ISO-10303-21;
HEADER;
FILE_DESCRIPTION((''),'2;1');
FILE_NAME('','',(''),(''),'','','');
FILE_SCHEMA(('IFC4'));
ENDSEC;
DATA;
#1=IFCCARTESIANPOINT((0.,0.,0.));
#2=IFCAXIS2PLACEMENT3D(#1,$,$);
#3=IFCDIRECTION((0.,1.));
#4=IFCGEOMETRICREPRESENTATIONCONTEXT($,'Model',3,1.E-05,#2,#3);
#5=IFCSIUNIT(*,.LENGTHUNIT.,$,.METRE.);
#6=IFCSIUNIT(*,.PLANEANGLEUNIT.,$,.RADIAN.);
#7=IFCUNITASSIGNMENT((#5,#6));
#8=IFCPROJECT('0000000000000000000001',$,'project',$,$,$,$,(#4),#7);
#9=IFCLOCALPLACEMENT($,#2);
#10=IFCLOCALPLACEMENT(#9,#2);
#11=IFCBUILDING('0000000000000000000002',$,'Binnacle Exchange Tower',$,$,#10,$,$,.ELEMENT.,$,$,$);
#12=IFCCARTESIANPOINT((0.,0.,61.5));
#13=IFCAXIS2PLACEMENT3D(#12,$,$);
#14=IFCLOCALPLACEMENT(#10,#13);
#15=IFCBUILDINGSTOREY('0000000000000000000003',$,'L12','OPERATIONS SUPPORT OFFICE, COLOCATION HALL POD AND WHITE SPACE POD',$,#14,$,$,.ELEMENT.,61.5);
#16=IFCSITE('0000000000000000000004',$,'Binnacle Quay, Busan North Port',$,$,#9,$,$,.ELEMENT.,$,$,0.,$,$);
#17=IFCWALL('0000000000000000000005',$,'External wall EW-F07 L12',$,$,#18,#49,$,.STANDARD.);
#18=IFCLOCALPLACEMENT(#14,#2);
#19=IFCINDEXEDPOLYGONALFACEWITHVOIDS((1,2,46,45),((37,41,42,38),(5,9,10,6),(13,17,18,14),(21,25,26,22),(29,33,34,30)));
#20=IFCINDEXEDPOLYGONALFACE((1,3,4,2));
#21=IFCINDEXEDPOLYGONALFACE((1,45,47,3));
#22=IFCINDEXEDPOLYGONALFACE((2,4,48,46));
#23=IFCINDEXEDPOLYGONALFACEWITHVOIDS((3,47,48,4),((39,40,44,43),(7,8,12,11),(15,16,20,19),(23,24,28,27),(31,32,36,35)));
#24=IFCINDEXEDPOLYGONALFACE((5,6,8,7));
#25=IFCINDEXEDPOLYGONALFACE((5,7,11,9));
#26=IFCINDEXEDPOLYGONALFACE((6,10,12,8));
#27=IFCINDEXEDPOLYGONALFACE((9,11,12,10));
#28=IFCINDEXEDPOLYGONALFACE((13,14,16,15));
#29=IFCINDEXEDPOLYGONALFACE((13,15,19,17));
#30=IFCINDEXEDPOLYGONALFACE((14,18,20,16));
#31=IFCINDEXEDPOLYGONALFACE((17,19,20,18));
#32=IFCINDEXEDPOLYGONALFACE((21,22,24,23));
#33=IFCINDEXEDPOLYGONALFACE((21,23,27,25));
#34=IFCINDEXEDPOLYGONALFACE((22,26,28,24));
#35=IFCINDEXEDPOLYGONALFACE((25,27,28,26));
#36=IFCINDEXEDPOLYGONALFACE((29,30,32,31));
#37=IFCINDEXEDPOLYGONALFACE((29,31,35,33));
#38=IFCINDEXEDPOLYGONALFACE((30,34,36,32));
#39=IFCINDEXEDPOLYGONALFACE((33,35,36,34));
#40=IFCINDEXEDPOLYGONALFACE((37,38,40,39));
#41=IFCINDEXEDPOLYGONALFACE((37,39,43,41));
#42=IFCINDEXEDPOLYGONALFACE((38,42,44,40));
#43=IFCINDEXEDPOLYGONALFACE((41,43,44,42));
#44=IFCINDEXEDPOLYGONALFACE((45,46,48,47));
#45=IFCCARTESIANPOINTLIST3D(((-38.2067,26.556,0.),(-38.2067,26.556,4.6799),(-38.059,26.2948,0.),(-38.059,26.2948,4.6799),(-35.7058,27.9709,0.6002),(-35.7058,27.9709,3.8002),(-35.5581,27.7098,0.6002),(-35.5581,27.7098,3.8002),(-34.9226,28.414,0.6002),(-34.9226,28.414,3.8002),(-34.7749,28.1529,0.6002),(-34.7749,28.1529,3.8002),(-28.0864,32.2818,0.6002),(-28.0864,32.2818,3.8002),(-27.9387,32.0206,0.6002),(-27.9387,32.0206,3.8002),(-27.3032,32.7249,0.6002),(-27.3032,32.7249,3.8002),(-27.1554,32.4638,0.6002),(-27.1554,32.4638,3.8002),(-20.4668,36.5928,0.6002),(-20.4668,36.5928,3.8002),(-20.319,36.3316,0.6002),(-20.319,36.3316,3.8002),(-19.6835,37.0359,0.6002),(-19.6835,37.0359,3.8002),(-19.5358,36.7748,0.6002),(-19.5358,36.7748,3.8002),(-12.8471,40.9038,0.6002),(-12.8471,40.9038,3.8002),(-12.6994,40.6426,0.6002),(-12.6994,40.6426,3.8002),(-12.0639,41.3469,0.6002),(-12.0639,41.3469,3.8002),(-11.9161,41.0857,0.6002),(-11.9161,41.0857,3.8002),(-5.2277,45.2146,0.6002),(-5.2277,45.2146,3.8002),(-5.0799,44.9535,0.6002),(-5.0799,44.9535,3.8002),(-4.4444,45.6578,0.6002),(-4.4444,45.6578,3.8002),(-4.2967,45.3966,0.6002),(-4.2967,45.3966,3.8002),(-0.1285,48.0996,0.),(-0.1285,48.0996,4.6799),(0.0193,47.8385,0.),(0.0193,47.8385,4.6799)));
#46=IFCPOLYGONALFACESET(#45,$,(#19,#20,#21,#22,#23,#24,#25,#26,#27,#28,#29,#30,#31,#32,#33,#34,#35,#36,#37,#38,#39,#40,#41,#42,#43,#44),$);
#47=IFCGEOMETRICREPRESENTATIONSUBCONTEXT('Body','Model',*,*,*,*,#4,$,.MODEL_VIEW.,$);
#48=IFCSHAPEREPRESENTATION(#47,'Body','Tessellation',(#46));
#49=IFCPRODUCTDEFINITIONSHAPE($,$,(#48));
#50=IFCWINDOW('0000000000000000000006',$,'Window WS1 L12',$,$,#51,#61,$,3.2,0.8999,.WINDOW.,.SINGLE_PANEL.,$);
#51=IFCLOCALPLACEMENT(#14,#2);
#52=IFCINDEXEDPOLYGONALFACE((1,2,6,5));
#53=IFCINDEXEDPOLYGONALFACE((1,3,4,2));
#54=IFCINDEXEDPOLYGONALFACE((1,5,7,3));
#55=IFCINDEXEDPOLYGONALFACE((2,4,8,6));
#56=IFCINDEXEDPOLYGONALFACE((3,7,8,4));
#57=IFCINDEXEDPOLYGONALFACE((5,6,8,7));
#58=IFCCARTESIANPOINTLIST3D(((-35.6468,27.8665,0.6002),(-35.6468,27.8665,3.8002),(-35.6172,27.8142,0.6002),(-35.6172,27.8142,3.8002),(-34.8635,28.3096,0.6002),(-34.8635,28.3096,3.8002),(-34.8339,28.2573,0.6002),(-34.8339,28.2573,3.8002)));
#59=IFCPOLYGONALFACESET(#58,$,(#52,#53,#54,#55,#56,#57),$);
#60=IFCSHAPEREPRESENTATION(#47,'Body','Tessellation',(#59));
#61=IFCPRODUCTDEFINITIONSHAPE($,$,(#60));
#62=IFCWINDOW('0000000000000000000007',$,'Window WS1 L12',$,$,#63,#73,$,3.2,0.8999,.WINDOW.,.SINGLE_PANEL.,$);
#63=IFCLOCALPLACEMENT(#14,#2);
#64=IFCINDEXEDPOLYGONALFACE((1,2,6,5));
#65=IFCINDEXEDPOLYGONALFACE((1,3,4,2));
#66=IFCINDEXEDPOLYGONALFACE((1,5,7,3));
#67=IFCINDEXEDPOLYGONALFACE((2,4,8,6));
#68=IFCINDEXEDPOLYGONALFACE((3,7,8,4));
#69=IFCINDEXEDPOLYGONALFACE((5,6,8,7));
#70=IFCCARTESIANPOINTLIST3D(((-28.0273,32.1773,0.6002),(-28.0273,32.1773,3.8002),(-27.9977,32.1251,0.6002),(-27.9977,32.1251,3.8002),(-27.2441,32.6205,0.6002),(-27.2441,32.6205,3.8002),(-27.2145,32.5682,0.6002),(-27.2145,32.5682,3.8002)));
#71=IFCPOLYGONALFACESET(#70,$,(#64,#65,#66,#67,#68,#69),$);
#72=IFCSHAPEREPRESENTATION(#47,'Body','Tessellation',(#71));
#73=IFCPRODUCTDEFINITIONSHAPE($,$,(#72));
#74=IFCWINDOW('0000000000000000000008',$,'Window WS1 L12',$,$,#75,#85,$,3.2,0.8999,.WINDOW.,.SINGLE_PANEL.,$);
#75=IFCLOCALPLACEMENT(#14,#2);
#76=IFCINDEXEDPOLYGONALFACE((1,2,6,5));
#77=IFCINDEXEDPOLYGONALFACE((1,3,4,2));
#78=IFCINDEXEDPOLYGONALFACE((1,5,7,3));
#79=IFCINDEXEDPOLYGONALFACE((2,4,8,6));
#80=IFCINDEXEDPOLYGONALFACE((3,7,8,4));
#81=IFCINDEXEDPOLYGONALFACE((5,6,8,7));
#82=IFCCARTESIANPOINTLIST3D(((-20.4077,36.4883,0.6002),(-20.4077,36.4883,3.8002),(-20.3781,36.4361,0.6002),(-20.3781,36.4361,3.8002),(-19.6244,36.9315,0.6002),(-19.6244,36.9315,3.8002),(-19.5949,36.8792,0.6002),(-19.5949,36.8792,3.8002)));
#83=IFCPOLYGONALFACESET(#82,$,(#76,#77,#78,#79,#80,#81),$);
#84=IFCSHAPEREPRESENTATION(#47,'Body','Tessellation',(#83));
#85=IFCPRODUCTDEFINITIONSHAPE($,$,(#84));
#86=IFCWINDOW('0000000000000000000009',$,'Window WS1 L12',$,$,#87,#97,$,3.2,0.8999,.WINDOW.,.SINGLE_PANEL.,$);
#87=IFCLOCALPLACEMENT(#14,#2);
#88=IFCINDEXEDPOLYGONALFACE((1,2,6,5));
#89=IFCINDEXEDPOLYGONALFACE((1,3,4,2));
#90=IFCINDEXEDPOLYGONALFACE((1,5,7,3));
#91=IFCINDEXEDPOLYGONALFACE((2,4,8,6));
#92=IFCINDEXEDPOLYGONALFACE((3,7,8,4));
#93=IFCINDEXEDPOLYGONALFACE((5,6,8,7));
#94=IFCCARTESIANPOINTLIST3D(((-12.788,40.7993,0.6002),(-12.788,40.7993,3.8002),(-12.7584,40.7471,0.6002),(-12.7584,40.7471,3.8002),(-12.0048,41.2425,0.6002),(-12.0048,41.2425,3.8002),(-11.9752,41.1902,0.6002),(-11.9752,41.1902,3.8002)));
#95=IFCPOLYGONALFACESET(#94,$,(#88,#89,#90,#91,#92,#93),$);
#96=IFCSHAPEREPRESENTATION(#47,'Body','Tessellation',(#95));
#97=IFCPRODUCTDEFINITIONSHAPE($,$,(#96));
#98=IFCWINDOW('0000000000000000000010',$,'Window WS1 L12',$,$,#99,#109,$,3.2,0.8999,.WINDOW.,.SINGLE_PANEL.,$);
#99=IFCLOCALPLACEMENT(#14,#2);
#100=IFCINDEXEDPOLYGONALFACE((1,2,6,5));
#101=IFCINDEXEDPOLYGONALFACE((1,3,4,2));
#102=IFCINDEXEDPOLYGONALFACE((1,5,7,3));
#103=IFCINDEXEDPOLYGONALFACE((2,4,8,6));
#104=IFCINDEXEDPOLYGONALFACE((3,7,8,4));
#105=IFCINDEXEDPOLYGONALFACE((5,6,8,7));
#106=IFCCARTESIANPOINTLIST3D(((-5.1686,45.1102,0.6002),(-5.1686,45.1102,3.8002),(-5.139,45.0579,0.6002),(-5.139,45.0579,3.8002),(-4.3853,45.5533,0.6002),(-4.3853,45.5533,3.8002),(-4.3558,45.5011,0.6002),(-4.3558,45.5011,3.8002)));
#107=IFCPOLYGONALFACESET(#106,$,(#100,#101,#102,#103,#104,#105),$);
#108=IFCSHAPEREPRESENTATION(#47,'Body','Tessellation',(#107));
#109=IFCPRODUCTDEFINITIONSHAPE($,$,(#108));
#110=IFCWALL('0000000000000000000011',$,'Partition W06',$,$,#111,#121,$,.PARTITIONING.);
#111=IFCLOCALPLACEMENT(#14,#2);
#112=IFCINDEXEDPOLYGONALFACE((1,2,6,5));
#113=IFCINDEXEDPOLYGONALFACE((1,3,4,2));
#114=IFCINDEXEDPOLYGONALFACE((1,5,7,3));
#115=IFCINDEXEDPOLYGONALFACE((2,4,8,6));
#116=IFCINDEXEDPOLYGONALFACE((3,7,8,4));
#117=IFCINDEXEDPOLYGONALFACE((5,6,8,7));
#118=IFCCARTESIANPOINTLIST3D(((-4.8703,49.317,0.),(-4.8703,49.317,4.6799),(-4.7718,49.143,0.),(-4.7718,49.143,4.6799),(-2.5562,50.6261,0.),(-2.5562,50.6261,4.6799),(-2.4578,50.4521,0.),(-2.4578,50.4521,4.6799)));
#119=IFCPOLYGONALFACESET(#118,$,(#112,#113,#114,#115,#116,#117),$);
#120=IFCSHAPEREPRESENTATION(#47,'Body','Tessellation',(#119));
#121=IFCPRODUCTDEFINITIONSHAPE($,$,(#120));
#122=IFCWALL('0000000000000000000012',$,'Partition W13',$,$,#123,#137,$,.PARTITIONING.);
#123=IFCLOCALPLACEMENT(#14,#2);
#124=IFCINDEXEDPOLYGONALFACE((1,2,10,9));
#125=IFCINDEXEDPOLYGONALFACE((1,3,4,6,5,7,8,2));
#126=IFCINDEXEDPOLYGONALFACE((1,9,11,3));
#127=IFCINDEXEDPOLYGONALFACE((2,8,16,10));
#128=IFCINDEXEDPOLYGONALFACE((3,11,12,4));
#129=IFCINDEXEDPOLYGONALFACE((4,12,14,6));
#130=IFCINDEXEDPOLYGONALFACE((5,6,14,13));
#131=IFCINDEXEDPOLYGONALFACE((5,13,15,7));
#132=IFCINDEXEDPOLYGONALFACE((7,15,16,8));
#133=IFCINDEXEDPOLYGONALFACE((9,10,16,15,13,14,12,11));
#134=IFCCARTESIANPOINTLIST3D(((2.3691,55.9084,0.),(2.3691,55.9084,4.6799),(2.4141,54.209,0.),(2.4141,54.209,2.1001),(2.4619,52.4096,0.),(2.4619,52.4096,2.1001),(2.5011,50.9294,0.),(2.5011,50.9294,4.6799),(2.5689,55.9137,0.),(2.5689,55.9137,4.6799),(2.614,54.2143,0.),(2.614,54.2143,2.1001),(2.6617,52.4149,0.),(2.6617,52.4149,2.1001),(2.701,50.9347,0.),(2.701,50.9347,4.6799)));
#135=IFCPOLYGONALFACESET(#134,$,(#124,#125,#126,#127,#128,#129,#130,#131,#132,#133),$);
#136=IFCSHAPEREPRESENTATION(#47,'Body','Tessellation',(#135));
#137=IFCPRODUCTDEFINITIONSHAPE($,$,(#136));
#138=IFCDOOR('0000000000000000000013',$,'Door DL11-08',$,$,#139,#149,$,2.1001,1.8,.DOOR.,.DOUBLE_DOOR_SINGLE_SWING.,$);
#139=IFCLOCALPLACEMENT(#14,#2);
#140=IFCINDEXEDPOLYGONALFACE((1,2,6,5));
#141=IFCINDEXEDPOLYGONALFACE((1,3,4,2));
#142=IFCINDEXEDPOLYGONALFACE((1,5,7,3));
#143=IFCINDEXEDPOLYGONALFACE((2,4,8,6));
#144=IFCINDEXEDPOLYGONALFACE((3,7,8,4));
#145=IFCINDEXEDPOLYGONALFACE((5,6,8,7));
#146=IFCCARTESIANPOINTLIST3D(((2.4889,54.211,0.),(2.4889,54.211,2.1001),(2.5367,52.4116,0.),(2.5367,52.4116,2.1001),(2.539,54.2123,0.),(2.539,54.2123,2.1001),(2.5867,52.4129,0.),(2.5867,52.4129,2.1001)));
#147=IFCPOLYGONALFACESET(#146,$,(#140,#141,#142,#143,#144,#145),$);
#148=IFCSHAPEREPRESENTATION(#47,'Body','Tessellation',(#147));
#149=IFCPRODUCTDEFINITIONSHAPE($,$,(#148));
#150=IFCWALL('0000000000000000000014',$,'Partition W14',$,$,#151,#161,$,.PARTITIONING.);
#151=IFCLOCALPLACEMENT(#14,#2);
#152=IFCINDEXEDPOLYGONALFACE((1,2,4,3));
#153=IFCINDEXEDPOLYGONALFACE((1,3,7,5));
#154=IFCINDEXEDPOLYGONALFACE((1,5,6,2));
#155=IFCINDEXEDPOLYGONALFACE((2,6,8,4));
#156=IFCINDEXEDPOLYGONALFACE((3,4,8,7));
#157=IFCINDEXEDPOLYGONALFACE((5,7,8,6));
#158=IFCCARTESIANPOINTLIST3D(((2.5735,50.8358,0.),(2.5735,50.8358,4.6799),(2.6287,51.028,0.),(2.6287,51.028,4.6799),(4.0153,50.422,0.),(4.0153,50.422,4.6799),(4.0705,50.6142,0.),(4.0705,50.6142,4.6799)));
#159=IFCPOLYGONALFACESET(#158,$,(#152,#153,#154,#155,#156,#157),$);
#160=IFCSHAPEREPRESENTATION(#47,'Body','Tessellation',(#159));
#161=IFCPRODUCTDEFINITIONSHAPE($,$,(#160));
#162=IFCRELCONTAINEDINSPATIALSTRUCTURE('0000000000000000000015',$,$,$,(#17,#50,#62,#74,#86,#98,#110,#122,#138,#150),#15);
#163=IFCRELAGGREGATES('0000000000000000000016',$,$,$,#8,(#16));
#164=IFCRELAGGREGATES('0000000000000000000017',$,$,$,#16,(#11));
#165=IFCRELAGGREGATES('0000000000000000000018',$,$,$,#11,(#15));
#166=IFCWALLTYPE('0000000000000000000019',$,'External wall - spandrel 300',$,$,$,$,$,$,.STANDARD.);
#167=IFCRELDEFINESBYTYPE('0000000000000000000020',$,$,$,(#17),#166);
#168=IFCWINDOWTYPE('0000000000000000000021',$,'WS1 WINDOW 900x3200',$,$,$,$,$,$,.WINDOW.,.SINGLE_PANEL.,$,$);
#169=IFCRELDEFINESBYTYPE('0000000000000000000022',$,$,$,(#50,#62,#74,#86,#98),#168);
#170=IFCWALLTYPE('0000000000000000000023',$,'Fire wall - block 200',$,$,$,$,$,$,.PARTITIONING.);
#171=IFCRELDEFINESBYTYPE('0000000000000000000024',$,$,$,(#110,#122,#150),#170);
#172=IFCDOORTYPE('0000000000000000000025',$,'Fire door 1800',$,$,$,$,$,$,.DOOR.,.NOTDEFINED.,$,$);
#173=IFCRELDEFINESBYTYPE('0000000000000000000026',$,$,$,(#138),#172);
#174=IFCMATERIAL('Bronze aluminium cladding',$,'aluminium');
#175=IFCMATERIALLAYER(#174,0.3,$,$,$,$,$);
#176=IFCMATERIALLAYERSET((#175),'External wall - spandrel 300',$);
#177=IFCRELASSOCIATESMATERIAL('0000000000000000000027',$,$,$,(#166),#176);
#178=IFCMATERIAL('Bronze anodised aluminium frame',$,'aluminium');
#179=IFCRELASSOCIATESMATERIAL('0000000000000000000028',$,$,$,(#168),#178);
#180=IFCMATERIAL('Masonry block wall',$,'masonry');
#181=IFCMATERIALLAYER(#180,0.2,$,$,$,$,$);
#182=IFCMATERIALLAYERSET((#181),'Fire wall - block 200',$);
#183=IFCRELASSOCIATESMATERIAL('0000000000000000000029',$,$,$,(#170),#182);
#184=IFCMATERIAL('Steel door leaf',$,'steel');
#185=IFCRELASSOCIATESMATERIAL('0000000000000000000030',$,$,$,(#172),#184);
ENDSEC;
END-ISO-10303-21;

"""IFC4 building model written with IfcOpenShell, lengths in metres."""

from ifc_helpers import new_model, si_unit, direction, frame, frame_2d, origin, place, context, subcontext, project, spatial, rectangle, extrude, material, layer, layer_set, type_object, element, fill, save


model = new_model("IFC4")

# Units and contexts
model_context = context("Model", 3, precision=1e-05, world=origin(), true_north=direction((0.0, 1.0)))
body_context = subcontext(model_context, "Body", "Model", "MODEL_VIEW")
ifc_project = project(units=[si_unit("LENGTHUNIT", "METRE"), si_unit("PLANEANGLEUNIT", "RADIAN")], contexts=[model_context])

# Site, building, storey
site_placement = place(None, origin())
site = spatial("IfcSite", under=ifc_project, at=site_placement, Name="Binnacle Quay, Busan North Port", CompositionType="ELEMENT", RefElevation=0.0)
building_placement = place(site_placement, origin())
building = spatial("IfcBuilding", under=site, at=building_placement, Name="Binnacle Exchange Tower", CompositionType="ELEMENT")
storey_placement = place(building_placement, frame((0.0, 0.0, 61.5)))
storey = spatial("IfcBuildingStorey", under=building, at=storey_placement, Name="L12", Description="OPERATIONS SUPPORT OFFICE, COLOCATION HALL POD AND WHITE SPACE POD", CompositionType="ELEMENT", Elevation=61.5)

# Shared definitions
ifc_material_1 = material(Name="Steel door leaf", Category="steel")

# Wall, openings, windows
ifc_material_2 = material(Name="Bronze aluminium cladding", Category="aluminium")
ifc_layer_1 = layer(ifc_material_2, 0.3)
ifc_layer_set_1 = layer_set([ifc_layer_1], Name="External wall - spandrel 300")
wall_type_1 = type_object("IfcWallType", Name="External wall - spandrel 300", PredefinedType="STANDARD", material=ifc_layer_set_1)
wall_1_placement = place(storey_placement, frame((-0.0547, 47.969, 0.0), z_axis=(0.0, 0.0, 1.0), x_axis=(-0.870356, -0.492423, 0.0)))
wall_1 = element("IfcWall", 1, at=wall_1_placement, inside=storey, type_object=wall_type_1, Name="External wall EW-F07 L12", PredefinedType="STANDARD", context=body_context, shape_type="SweptSolid", body=[
    extrude(rectangle(XDim=43.7502, YDim=0.3, at=frame_2d((21.875, 0.0))), origin(), (0.0, 0.0, 1.0), 4.6799),
])
opening_1_placement = place(wall_1_placement, frame((39.9768, 0.0, 0.6001)))
opening_1 = element("IfcOpeningElement", 2, at=opening_1_placement, cuts=wall_1, PredefinedType="OPENING", context=body_context, shape_type="SweptSolid", body=[
    extrude(rectangle(XDim=0.8999, YDim=3.2, at=frame_2d((0.45, 1.6001))), frame((0.0, 0.1599, 0.0), z_axis=(0.0, -1.0, 0.0), x_axis=(1.0, 0.0, 0.0)), (0.0, 0.0, 1.0), 0.3201),
])
opening_2_placement = place(wall_1_placement, frame((31.2224, 0.0, 0.6001)))
opening_2 = element("IfcOpeningElement", 3, at=opening_2_placement, cuts=wall_1, PredefinedType="OPENING", context=body_context, shape_type="SweptSolid", body=[
    extrude(rectangle(XDim=0.8999, YDim=3.2, at=frame_2d((0.45, 1.6001))), frame((0.0, 0.1599, 0.0), z_axis=(0.0, -1.0, 0.0), x_axis=(1.0, 0.0, 0.0)), (0.0, 0.0, 1.0), 0.3201),
])
opening_3_placement = place(wall_1_placement, frame((22.4678, 0.0, 0.6001)))
opening_3 = element("IfcOpeningElement", 4, at=opening_3_placement, cuts=wall_1, PredefinedType="OPENING", context=body_context, shape_type="SweptSolid", body=[
    extrude(rectangle(XDim=0.8999, YDim=3.2, at=frame_2d((0.45, 1.6001))), frame((0.0, 0.1599, 0.0), z_axis=(0.0, -1.0, 0.0), x_axis=(1.0, 0.0, 0.0)), (0.0, 0.0, 1.0), 0.3201),
])
opening_4_placement = place(wall_1_placement, frame((13.7131, 0.0, 0.6001)))
opening_4 = element("IfcOpeningElement", 5, at=opening_4_placement, cuts=wall_1, PredefinedType="OPENING", context=body_context, shape_type="SweptSolid", body=[
    extrude(rectangle(XDim=0.8999, YDim=3.2, at=frame_2d((0.45, 1.6001))), frame((0.0, 0.1599, 0.0), z_axis=(0.0, -1.0, 0.0), x_axis=(1.0, 0.0, 0.0)), (0.0, 0.0, 1.0), 0.3201),
])
opening_5_placement = place(wall_1_placement, frame((4.9587, 0.0, 0.6001)))
opening_5 = element("IfcOpeningElement", 6, at=opening_5_placement, cuts=wall_1, PredefinedType="OPENING", context=body_context, shape_type="SweptSolid", body=[
    extrude(rectangle(XDim=0.8999, YDim=3.2, at=frame_2d((0.45, 1.6001))), frame((0.0, 0.1599, 0.0), z_axis=(0.0, -1.0, 0.0), x_axis=(1.0, 0.0, 0.0)), (0.0, 0.0, 1.0), 0.3201),
])
ifc_material_3 = material(Name="Bronze anodised aluminium frame", Category="aluminium")
window_type = type_object("IfcWindowType", Name="WS1 WINDOW 900x3200", PartitioningType="SINGLE_PANEL", PredefinedType="WINDOW", material=ifc_material_3)
window_1_placement = place(opening_1_placement, origin())
window_1 = element("IfcWindow", 7, at=window_1_placement, inside=storey, type_object=window_type, Name="Window WS1 L12", OverallHeight=3.2, OverallWidth=0.8999, PartitioningType="SINGLE_PANEL", PredefinedType="WINDOW", context=body_context, shape_type="SweptSolid", body=[
    extrude(rectangle(XDim=0.8999, YDim=3.2, at=frame_2d((0.45, 1.6001))), frame((0.0, 0.03, 0.0), z_axis=(0.0, -1.0, 0.0), x_axis=(1.0, 0.0, 0.0)), (0.0, 0.0, 1.0), 0.0601),
])
fill(opening_1, window_1)
window_2_placement = place(opening_2_placement, origin())
window_2 = element("IfcWindow", 8, at=window_2_placement, inside=storey, type_object=window_type, Name="Window WS1 L12", OverallHeight=3.2, OverallWidth=0.8999, PartitioningType="SINGLE_PANEL", PredefinedType="WINDOW", context=body_context, shape_type="SweptSolid", body=[
    extrude(rectangle(XDim=0.8999, YDim=3.2, at=frame_2d((0.45, 1.6001))), frame((0.0, 0.03, 0.0), z_axis=(0.0, -1.0, 0.0), x_axis=(1.0, 0.0, 0.0)), (0.0, 0.0, 1.0), 0.0601),
])
fill(opening_2, window_2)
window_3_placement = place(opening_3_placement, origin())
window_3 = element("IfcWindow", 9, at=window_3_placement, inside=storey, type_object=window_type, Name="Window WS1 L12", OverallHeight=3.2, OverallWidth=0.8999, PartitioningType="SINGLE_PANEL", PredefinedType="WINDOW", context=body_context, shape_type="SweptSolid", body=[
    extrude(rectangle(XDim=0.8999, YDim=3.2, at=frame_2d((0.45, 1.6001))), frame((0.0, 0.03, 0.0), z_axis=(0.0, -1.0, 0.0), x_axis=(1.0, 0.0, 0.0)), (0.0, 0.0, 1.0), 0.0601),
])
fill(opening_3, window_3)
window_4_placement = place(opening_4_placement, origin())
window_4 = element("IfcWindow", 10, at=window_4_placement, inside=storey, type_object=window_type, Name="Window WS1 L12", OverallHeight=3.2, OverallWidth=0.8999, PartitioningType="SINGLE_PANEL", PredefinedType="WINDOW", context=body_context, shape_type="SweptSolid", body=[
    extrude(rectangle(XDim=0.8999, YDim=3.2, at=frame_2d((0.45, 1.6001))), frame((0.0, 0.03, 0.0), z_axis=(0.0, -1.0, 0.0), x_axis=(1.0, 0.0, 0.0)), (0.0, 0.0, 1.0), 0.0601),
])
fill(opening_4, window_4)
window_5_placement = place(opening_5_placement, origin())
window_5 = element("IfcWindow", 11, at=window_5_placement, inside=storey, type_object=window_type, Name="Window WS1 L12", OverallHeight=3.2, OverallWidth=0.8999, PartitioningType="SINGLE_PANEL", PredefinedType="WINDOW", context=body_context, shape_type="SweptSolid", body=[
    extrude(rectangle(XDim=0.8999, YDim=3.2, at=frame_2d((0.45, 1.6001))), frame((0.0, 0.03, 0.0), z_axis=(0.0, -1.0, 0.0), x_axis=(1.0, 0.0, 0.0)), (0.0, 0.0, 1.0), 0.0601),
])
fill(opening_5, window_5)

# Wall
ifc_material_4 = material(Name="Masonry block wall", Category="masonry")
ifc_layer_2 = layer(ifc_material_4, 0.2)
ifc_layer_set_2 = layer_set([ifc_layer_2], Name="Fire wall - block 200")
wall_type_2 = type_object("IfcWallType", Name="Fire wall - block 200", PredefinedType="PARTITIONING", material=ifc_layer_set_2)
wall_2_placement = place(storey_placement, frame((-4.821, 49.23, 0.0), z_axis=(0.0, 0.0, 1.0), x_axis=(0.870371, 0.492396, 0.0)))
element("IfcWall", 12, at=wall_2_placement, inside=storey, type_object=wall_type_2, Name="Partition W06", PredefinedType="PARTITIONING", context=body_context, shape_type="SweptSolid", body=[
    extrude(rectangle(XDim=2.6587, YDim=0.2, at=frame_2d((1.3293, 0.0))), origin(), (0.0, 0.0, 1.0), 4.6799),
])

# Wall, opening, door
wall_3_placement = place(storey_placement, frame((2.469, 55.9109, 0.0), z_axis=(0.0, 0.0, 1.0), x_axis=(0.026518, -0.999648, 0.0)))
wall_3 = element("IfcWall", 13, at=wall_3_placement, inside=storey, type_object=wall_type_2, Name="Partition W13", PredefinedType="PARTITIONING", context=body_context, shape_type="SweptSolid", body=[
    extrude(rectangle(XDim=4.9807, YDim=0.2, at=frame_2d((2.4902, 0.0))), origin(), (0.0, 0.0, 1.0), 4.6799),
])
opening_6_placement = place(wall_3_placement, frame((1.7, 0.0, 0.0)))
opening_6 = element("IfcOpeningElement", 14, at=opening_6_placement, cuts=wall_3, PredefinedType="OPENING", context=body_context, shape_type="SweptSolid", body=[
    extrude(rectangle(XDim=1.8, YDim=2.1001, at=frame_2d((0.8999, 1.05))), frame((0.0, 0.1099, 0.0), z_axis=(0.0, -1.0, 0.0), x_axis=(1.0, 0.0, 0.0)), (0.0, 0.0, 1.0), 0.22),
])
door_type_1 = type_object("IfcDoorType", Name="Fire door 1800", OperationType="NOTDEFINED", PredefinedType="DOOR", material=ifc_material_1)
door_1_placement = place(opening_6_placement, origin())
door_1 = element("IfcDoor", 15, at=door_1_placement, inside=storey, type_object=door_type_1, Name="Door DL11-08", OperationType="DOUBLE_DOOR_SINGLE_SWING", OverallHeight=2.1001, OverallWidth=1.8, PredefinedType="DOOR", context=body_context, shape_type="SweptSolid", body=[
    extrude(rectangle(XDim=1.8, YDim=2.1001, at=frame_2d((0.8999, 1.05))), frame((0.0, 0.0249, 0.0), z_axis=(0.0, -1.0, 0.0), x_axis=(1.0, 0.0, 0.0)), (0.0, 0.0, 1.0), 0.05),
])
fill(opening_6, door_1)

# Wall
wall_4_placement = place(storey_placement, frame((2.6011, 50.9319, 0.0), z_axis=(0.0, 0.0, 1.0), x_axis=(0.961198, -0.27586, 0.0)))
element("IfcWall", 16, at=wall_4_placement, inside=storey, type_object=wall_type_2, Name="Partition W14", PredefinedType="PARTITIONING", context=body_context, shape_type="SweptSolid", body=[
    extrude(rectangle(XDim=1.5, YDim=0.2, at=frame_2d((0.75, 0.0))), origin(), (0.0, 0.0, 1.0), 4.6799),
])

save(model, "model.ifc")
